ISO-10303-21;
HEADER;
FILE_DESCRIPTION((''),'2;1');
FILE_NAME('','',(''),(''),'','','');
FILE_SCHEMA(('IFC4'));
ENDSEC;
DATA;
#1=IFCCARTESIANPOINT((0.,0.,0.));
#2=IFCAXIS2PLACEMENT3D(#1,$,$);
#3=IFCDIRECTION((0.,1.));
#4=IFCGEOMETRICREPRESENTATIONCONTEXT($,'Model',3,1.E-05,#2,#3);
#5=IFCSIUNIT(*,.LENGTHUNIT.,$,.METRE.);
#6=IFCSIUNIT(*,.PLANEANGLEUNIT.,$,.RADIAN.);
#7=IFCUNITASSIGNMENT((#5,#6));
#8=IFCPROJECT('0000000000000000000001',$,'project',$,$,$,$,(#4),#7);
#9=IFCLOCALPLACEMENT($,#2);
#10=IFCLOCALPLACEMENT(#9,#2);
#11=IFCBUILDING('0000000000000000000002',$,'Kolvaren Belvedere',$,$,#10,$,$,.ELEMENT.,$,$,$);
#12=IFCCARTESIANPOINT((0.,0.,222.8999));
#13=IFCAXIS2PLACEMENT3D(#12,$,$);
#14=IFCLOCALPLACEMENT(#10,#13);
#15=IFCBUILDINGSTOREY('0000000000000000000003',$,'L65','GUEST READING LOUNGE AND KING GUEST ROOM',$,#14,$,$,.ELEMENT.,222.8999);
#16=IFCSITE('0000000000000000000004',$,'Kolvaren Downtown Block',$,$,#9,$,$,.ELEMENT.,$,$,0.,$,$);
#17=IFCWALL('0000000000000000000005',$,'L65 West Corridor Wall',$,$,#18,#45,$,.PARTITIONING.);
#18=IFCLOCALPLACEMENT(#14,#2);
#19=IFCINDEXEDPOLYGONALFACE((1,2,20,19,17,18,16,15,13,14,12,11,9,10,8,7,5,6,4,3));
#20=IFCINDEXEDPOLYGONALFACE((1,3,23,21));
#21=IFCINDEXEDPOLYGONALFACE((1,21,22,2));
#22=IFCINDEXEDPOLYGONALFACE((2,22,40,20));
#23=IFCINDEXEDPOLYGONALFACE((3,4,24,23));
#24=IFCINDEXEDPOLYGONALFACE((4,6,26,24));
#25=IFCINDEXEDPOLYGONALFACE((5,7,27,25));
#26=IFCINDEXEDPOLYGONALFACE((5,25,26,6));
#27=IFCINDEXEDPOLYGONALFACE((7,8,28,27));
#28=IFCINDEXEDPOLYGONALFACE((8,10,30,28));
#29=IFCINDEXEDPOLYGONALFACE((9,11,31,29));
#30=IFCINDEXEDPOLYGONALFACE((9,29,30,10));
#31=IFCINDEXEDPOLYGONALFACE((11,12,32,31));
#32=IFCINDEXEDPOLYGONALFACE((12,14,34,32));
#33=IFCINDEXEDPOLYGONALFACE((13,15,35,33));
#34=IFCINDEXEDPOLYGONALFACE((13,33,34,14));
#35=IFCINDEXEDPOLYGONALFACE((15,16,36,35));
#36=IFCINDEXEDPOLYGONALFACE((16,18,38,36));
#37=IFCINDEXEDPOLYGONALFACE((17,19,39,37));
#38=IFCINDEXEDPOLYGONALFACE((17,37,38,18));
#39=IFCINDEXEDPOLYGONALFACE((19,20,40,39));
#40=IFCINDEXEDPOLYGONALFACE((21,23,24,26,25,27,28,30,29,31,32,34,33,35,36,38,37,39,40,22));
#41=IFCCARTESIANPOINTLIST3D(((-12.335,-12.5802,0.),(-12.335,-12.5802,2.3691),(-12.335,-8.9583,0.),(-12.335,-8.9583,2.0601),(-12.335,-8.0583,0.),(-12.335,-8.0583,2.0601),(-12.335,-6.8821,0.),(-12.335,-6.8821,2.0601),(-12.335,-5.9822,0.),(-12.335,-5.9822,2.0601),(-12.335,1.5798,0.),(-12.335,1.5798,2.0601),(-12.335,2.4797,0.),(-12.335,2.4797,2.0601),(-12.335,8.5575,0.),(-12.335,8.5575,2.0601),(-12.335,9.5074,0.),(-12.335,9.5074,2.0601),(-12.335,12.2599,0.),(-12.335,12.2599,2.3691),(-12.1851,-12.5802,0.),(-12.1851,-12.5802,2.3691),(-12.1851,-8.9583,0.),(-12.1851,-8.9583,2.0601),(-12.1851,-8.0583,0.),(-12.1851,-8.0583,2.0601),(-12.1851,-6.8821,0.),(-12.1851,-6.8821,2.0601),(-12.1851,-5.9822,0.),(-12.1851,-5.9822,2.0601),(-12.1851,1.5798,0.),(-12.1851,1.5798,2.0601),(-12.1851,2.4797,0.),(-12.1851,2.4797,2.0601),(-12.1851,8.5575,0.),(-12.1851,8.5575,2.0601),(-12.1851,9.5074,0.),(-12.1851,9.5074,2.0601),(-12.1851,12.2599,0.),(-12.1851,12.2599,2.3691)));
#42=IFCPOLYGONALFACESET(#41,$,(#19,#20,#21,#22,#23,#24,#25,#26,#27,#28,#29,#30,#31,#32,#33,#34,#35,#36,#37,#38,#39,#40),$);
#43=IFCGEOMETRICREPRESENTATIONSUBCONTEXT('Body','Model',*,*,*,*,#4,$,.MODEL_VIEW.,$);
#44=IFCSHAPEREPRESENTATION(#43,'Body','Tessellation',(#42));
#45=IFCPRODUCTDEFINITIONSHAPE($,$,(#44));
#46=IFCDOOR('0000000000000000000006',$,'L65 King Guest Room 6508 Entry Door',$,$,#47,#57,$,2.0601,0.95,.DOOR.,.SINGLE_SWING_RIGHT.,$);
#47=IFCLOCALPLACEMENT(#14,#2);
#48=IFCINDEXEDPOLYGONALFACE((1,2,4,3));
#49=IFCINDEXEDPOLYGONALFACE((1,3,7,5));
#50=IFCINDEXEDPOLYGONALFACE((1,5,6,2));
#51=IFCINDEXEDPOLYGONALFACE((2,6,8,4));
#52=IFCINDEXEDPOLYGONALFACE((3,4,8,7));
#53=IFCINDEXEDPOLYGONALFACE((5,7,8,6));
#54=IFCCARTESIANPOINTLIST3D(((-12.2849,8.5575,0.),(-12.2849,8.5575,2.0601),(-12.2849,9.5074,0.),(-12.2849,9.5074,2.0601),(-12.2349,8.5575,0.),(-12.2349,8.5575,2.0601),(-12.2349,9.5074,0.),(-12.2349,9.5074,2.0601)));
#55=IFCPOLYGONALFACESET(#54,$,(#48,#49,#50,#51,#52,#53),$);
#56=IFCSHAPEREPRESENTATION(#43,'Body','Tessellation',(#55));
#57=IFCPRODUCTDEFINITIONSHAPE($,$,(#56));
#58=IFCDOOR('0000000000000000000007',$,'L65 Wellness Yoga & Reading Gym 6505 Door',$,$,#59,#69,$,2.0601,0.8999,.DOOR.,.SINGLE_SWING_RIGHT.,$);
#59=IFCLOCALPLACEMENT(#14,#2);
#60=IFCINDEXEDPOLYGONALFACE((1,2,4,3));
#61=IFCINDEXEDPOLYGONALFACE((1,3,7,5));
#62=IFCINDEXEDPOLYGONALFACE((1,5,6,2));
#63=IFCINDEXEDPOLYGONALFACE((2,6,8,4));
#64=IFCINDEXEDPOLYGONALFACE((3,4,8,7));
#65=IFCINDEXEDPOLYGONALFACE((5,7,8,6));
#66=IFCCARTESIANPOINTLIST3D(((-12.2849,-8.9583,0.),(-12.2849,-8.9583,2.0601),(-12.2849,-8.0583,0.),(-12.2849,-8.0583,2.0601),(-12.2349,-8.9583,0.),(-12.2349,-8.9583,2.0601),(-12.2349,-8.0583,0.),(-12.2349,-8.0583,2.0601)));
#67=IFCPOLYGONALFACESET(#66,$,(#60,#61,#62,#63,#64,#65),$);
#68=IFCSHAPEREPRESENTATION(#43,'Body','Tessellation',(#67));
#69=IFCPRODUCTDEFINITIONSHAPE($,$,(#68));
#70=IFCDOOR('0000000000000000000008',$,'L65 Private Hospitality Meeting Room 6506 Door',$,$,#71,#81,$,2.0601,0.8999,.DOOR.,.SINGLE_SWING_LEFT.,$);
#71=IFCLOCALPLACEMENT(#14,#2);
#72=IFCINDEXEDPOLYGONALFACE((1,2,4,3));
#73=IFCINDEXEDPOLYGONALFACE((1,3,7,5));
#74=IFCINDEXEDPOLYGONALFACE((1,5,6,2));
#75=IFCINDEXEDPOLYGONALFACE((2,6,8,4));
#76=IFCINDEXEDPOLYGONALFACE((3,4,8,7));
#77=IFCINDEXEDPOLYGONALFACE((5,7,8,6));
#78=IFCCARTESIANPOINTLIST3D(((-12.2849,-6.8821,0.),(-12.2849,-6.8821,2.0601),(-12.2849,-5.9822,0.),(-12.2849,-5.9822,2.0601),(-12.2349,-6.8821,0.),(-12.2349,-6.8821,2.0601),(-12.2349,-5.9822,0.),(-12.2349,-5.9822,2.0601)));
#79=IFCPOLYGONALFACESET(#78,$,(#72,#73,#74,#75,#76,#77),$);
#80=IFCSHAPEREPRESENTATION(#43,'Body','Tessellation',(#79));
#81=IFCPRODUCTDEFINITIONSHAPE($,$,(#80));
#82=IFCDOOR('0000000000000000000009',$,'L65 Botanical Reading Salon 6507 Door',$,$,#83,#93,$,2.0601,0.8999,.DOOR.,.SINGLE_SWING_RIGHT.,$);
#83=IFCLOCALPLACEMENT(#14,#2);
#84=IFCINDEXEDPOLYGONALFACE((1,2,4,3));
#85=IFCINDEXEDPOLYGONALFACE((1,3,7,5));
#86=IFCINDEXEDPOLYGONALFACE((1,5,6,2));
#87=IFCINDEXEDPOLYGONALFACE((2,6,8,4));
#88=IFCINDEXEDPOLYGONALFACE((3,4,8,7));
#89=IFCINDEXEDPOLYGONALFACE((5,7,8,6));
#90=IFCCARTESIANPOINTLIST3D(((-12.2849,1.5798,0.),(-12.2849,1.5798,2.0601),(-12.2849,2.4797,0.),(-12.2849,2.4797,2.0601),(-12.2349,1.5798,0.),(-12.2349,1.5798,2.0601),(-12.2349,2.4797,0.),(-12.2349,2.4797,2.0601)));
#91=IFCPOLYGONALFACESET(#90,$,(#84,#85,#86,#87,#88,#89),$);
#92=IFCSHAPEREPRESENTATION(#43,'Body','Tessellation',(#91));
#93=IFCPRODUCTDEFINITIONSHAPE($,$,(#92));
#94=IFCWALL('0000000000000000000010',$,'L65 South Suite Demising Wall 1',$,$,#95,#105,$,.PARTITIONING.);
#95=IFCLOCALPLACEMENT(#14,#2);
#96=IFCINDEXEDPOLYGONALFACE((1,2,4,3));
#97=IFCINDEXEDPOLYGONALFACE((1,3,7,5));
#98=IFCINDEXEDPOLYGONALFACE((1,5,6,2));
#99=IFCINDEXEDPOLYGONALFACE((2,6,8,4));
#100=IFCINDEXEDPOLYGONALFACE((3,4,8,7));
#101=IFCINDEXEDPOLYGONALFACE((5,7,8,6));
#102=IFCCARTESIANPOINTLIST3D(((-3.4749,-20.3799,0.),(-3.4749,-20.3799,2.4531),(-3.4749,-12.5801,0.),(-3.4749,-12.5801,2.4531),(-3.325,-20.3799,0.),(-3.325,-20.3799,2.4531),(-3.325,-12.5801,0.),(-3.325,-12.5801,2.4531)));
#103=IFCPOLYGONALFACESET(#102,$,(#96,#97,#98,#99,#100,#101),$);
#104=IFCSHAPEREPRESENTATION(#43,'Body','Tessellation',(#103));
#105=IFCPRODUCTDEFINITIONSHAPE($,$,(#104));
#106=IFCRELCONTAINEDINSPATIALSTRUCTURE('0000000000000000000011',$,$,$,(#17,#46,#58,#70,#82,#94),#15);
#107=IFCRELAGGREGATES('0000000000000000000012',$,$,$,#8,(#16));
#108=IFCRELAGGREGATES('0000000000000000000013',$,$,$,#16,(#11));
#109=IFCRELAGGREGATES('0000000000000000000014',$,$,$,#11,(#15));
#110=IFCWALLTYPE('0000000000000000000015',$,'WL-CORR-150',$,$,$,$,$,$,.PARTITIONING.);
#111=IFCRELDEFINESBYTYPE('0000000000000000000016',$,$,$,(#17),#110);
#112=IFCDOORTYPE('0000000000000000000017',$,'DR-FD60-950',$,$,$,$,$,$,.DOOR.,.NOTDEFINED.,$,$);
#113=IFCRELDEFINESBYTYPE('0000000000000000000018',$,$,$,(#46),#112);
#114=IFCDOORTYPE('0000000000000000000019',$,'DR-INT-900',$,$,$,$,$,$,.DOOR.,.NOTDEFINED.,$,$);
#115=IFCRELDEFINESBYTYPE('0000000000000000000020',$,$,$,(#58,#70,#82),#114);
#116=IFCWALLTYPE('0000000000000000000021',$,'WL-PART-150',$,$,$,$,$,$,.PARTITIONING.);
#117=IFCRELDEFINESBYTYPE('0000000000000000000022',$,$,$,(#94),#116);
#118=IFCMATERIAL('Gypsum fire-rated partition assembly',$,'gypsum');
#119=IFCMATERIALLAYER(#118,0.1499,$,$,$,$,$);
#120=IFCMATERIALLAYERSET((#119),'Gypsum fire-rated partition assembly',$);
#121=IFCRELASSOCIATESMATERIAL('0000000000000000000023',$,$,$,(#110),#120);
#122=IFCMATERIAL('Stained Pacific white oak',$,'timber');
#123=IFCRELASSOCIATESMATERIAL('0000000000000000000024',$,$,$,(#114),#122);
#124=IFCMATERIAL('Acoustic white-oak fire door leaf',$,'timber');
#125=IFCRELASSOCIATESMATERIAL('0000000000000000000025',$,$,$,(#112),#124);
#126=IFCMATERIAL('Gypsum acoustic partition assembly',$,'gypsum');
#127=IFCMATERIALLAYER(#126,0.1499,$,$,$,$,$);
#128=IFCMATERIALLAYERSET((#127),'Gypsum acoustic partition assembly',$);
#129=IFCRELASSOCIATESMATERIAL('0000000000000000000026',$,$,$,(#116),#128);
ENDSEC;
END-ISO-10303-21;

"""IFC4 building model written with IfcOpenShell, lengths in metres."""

from ifc_helpers import new_model, si_unit, direction, frame, frame_2d, origin, place, context, subcontext, project, spatial, rectangle, extrude, material, layer, layer_set, type_object, element, fill, save


model = new_model("IFC4")

# Units and contexts
model_context = context("Model", 3, precision=1e-05, world=origin(), true_north=direction((0.0, 1.0)))
body_context = subcontext(model_context, "Body", "Model", "MODEL_VIEW")
ifc_project = project(units=[si_unit("LENGTHUNIT", "METRE"), si_unit("PLANEANGLEUNIT", "RADIAN")], contexts=[model_context])

# Site, building, storey
site_placement = place(None, origin())
site = spatial("IfcSite", under=ifc_project, at=site_placement, Name="Kolvaren Downtown Block", CompositionType="ELEMENT", RefElevation=0.0)
building_placement = place(site_placement, origin())
building = spatial("IfcBuilding", under=site, at=building_placement, Name="Kolvaren Belvedere", CompositionType="ELEMENT")
storey_placement = place(building_placement, frame((0.0, 0.0, 222.8999)))
storey = spatial("IfcBuildingStorey", under=building, at=storey_placement, Name="L65", Description="GUEST READING LOUNGE AND KING GUEST ROOM", CompositionType="ELEMENT", Elevation=222.8999)

# Wall, openings, doors
ifc_material_1 = material(Name="Gypsum fire-rated partition assembly", Category="gypsum")
ifc_layer_1 = layer(ifc_material_1, 0.1499)
ifc_layer_set_1 = layer_set([ifc_layer_1], Name="Gypsum fire-rated partition assembly")
wall_type_1 = type_object("IfcWallType", Name="WL-CORR-150", PredefinedType="PARTITIONING", material=ifc_layer_set_1)
ifc_material_2 = material(Name="Stained Pacific white oak", Category="timber")
door_type_1 = type_object("IfcDoorType", Name="DR-INT-900", OperationType="NOTDEFINED", PredefinedType="DOOR", material=ifc_material_2)
wall_1_placement = place(storey_placement, frame((-12.26, -12.5801, 0.0), z_axis=(0.0, 0.0, 1.0), x_axis=(0.0, 1.0, 0.0)))
wall_1 = element("IfcWall", 1, at=wall_1_placement, inside=storey, type_object=wall_type_1, Name="L65 West Corridor Wall", PredefinedType="PARTITIONING", context=body_context, shape_type="SweptSolid", body=[
    extrude(rectangle(XDim=24.8401, YDim=0.1499, at=frame_2d((12.4199, 0.0))), origin(), (0.0, 0.0, 1.0), 2.3691),
])
opening_1_placement = place(wall_1_placement, frame((3.6218, 0.0, 0.0)))
opening_1 = element("IfcOpeningElement", 2, at=opening_1_placement, cuts=wall_1, PredefinedType="OPENING", context=body_context, shape_type="SweptSolid", body=[
    extrude(rectangle(XDim=0.8999, YDim=2.0601, at=frame_2d((0.45, 1.03))), frame((0.0, 0.085, 0.0), z_axis=(0.0, -1.0, 0.0), x_axis=(1.0, 0.0, 0.0)), (0.0, 0.0, 1.0), 0.1699),
])
opening_2_placement = place(wall_1_placement, frame((5.698, 0.0, 0.0)))
opening_2 = element("IfcOpeningElement", 3, at=opening_2_placement, cuts=wall_1, PredefinedType="OPENING", context=body_context, shape_type="SweptSolid", body=[
    extrude(rectangle(XDim=0.8999, YDim=2.0601, at=frame_2d((0.45, 1.03))), frame((0.0, 0.085, 0.0), z_axis=(0.0, -1.0, 0.0), x_axis=(1.0, 0.0, 0.0)), (0.0, 0.0, 1.0), 0.1699),
])
opening_3_placement = place(wall_1_placement, frame((14.1599, 0.0, 0.0)))
opening_3 = element("IfcOpeningElement", 4, at=opening_3_placement, cuts=wall_1, PredefinedType="OPENING", context=body_context, shape_type="SweptSolid", body=[
    extrude(rectangle(XDim=0.8999, YDim=2.0601, at=frame_2d((0.45, 1.03))), frame((0.0, 0.085, 0.0), z_axis=(0.0, -1.0, 0.0), x_axis=(1.0, 0.0, 0.0)), (0.0, 0.0, 1.0), 0.1699),
])
opening_4_placement = place(wall_1_placement, frame((21.1375, 0.0, 0.0)))
opening_4 = element("IfcOpeningElement", 5, at=opening_4_placement, cuts=wall_1, PredefinedType="OPENING", context=body_context, shape_type="SweptSolid", body=[
    extrude(rectangle(XDim=0.95, YDim=2.0601, at=frame_2d((0.4751, 1.03))), frame((0.0, 0.085, 0.0), z_axis=(0.0, -1.0, 0.0), x_axis=(1.0, 0.0, 0.0)), (0.0, 0.0, 1.0), 0.1699),
])
ifc_material_3 = material(Name="Acoustic white-oak fire door leaf", Category="timber")
door_type_2 = type_object("IfcDoorType", Name="DR-FD60-950", OperationType="NOTDEFINED", PredefinedType="DOOR", material=ifc_material_3)
door_1_placement = place(opening_4_placement, origin())
door_1 = element("IfcDoor", 6, at=door_1_placement, inside=storey, type_object=door_type_2, Name="L65 King Guest Room 6508 Entry Door", OperationType="SINGLE_SWING_RIGHT", OverallHeight=2.0601, OverallWidth=0.95, PredefinedType="DOOR", context=body_context, shape_type="SweptSolid", body=[
    extrude(rectangle(XDim=0.95, YDim=2.0601, at=frame_2d((0.4751, 1.03))), frame((0.0, 0.0249, 0.0), z_axis=(0.0, -1.0, 0.0), x_axis=(1.0, 0.0, 0.0)), (0.0, 0.0, 1.0), 0.05),
])
fill(opening_4, door_1)
door_2_placement = place(opening_1_placement, origin())
door_2 = element("IfcDoor", 7, at=door_2_placement, inside=storey, type_object=door_type_1, Name="L65 Wellness Yoga & Reading Gym 6505 Door", OperationType="SINGLE_SWING_RIGHT", OverallHeight=2.0601, OverallWidth=0.8999, PredefinedType="DOOR", context=body_context, shape_type="SweptSolid", body=[
    extrude(rectangle(XDim=0.8999, YDim=2.0601, at=frame_2d((0.45, 1.03))), frame((0.0, 0.0249, 0.0), z_axis=(0.0, -1.0, 0.0), x_axis=(1.0, 0.0, 0.0)), (0.0, 0.0, 1.0), 0.05),
])
fill(opening_1, door_2)
door_3_placement = place(opening_2_placement, origin())
door_3 = element("IfcDoor", 8, at=door_3_placement, inside=storey, type_object=door_type_1, Name="L65 Private Hospitality Meeting Room 6506 Door", OperationType="SINGLE_SWING_LEFT", OverallHeight=2.0601, OverallWidth=0.8999, PredefinedType="DOOR", context=body_context, shape_type="SweptSolid", body=[
    extrude(rectangle(XDim=0.8999, YDim=2.0601, at=frame_2d((0.45, 1.03))), frame((0.0, 0.0249, 0.0), z_axis=(0.0, -1.0, 0.0), x_axis=(1.0, 0.0, 0.0)), (0.0, 0.0, 1.0), 0.05),
])
fill(opening_2, door_3)
door_4_placement = place(opening_3_placement, origin())
door_4 = element("IfcDoor", 9, at=door_4_placement, inside=storey, type_object=door_type_1, Name="L65 Botanical Reading Salon 6507 Door", OperationType="SINGLE_SWING_RIGHT", OverallHeight=2.0601, OverallWidth=0.8999, PredefinedType="DOOR", context=body_context, shape_type="SweptSolid", body=[
    extrude(rectangle(XDim=0.8999, YDim=2.0601, at=frame_2d((0.45, 1.03))), frame((0.0, 0.0249, 0.0), z_axis=(0.0, -1.0, 0.0), x_axis=(1.0, 0.0, 0.0)), (0.0, 0.0, 1.0), 0.05),
])
fill(opening_3, door_4)

# Wall
ifc_material_4 = material(Name="Gypsum acoustic partition assembly", Category="gypsum")
ifc_layer_2 = layer(ifc_material_4, 0.1499)
ifc_layer_set_2 = layer_set([ifc_layer_2], Name="Gypsum acoustic partition assembly")
wall_type_2 = type_object("IfcWallType", Name="WL-PART-150", PredefinedType="PARTITIONING", material=ifc_layer_set_2)
wall_2_placement = place(storey_placement, frame((-3.3999, -20.3799, 0.0), z_axis=(0.0, 0.0, 1.0), x_axis=(0.0, 1.0, 0.0)))
element("IfcWall", 10, at=wall_2_placement, inside=storey, type_object=wall_type_2, Name="L65 South Suite Demising Wall 1", PredefinedType="PARTITIONING", context=body_context, shape_type="SweptSolid", body=[
    extrude(rectangle(XDim=7.7998, YDim=0.1499, at=frame_2d((3.8999, 0.0))), origin(), (0.0, 0.0, 1.0), 2.4531),
])

save(model, "model.ifc")
